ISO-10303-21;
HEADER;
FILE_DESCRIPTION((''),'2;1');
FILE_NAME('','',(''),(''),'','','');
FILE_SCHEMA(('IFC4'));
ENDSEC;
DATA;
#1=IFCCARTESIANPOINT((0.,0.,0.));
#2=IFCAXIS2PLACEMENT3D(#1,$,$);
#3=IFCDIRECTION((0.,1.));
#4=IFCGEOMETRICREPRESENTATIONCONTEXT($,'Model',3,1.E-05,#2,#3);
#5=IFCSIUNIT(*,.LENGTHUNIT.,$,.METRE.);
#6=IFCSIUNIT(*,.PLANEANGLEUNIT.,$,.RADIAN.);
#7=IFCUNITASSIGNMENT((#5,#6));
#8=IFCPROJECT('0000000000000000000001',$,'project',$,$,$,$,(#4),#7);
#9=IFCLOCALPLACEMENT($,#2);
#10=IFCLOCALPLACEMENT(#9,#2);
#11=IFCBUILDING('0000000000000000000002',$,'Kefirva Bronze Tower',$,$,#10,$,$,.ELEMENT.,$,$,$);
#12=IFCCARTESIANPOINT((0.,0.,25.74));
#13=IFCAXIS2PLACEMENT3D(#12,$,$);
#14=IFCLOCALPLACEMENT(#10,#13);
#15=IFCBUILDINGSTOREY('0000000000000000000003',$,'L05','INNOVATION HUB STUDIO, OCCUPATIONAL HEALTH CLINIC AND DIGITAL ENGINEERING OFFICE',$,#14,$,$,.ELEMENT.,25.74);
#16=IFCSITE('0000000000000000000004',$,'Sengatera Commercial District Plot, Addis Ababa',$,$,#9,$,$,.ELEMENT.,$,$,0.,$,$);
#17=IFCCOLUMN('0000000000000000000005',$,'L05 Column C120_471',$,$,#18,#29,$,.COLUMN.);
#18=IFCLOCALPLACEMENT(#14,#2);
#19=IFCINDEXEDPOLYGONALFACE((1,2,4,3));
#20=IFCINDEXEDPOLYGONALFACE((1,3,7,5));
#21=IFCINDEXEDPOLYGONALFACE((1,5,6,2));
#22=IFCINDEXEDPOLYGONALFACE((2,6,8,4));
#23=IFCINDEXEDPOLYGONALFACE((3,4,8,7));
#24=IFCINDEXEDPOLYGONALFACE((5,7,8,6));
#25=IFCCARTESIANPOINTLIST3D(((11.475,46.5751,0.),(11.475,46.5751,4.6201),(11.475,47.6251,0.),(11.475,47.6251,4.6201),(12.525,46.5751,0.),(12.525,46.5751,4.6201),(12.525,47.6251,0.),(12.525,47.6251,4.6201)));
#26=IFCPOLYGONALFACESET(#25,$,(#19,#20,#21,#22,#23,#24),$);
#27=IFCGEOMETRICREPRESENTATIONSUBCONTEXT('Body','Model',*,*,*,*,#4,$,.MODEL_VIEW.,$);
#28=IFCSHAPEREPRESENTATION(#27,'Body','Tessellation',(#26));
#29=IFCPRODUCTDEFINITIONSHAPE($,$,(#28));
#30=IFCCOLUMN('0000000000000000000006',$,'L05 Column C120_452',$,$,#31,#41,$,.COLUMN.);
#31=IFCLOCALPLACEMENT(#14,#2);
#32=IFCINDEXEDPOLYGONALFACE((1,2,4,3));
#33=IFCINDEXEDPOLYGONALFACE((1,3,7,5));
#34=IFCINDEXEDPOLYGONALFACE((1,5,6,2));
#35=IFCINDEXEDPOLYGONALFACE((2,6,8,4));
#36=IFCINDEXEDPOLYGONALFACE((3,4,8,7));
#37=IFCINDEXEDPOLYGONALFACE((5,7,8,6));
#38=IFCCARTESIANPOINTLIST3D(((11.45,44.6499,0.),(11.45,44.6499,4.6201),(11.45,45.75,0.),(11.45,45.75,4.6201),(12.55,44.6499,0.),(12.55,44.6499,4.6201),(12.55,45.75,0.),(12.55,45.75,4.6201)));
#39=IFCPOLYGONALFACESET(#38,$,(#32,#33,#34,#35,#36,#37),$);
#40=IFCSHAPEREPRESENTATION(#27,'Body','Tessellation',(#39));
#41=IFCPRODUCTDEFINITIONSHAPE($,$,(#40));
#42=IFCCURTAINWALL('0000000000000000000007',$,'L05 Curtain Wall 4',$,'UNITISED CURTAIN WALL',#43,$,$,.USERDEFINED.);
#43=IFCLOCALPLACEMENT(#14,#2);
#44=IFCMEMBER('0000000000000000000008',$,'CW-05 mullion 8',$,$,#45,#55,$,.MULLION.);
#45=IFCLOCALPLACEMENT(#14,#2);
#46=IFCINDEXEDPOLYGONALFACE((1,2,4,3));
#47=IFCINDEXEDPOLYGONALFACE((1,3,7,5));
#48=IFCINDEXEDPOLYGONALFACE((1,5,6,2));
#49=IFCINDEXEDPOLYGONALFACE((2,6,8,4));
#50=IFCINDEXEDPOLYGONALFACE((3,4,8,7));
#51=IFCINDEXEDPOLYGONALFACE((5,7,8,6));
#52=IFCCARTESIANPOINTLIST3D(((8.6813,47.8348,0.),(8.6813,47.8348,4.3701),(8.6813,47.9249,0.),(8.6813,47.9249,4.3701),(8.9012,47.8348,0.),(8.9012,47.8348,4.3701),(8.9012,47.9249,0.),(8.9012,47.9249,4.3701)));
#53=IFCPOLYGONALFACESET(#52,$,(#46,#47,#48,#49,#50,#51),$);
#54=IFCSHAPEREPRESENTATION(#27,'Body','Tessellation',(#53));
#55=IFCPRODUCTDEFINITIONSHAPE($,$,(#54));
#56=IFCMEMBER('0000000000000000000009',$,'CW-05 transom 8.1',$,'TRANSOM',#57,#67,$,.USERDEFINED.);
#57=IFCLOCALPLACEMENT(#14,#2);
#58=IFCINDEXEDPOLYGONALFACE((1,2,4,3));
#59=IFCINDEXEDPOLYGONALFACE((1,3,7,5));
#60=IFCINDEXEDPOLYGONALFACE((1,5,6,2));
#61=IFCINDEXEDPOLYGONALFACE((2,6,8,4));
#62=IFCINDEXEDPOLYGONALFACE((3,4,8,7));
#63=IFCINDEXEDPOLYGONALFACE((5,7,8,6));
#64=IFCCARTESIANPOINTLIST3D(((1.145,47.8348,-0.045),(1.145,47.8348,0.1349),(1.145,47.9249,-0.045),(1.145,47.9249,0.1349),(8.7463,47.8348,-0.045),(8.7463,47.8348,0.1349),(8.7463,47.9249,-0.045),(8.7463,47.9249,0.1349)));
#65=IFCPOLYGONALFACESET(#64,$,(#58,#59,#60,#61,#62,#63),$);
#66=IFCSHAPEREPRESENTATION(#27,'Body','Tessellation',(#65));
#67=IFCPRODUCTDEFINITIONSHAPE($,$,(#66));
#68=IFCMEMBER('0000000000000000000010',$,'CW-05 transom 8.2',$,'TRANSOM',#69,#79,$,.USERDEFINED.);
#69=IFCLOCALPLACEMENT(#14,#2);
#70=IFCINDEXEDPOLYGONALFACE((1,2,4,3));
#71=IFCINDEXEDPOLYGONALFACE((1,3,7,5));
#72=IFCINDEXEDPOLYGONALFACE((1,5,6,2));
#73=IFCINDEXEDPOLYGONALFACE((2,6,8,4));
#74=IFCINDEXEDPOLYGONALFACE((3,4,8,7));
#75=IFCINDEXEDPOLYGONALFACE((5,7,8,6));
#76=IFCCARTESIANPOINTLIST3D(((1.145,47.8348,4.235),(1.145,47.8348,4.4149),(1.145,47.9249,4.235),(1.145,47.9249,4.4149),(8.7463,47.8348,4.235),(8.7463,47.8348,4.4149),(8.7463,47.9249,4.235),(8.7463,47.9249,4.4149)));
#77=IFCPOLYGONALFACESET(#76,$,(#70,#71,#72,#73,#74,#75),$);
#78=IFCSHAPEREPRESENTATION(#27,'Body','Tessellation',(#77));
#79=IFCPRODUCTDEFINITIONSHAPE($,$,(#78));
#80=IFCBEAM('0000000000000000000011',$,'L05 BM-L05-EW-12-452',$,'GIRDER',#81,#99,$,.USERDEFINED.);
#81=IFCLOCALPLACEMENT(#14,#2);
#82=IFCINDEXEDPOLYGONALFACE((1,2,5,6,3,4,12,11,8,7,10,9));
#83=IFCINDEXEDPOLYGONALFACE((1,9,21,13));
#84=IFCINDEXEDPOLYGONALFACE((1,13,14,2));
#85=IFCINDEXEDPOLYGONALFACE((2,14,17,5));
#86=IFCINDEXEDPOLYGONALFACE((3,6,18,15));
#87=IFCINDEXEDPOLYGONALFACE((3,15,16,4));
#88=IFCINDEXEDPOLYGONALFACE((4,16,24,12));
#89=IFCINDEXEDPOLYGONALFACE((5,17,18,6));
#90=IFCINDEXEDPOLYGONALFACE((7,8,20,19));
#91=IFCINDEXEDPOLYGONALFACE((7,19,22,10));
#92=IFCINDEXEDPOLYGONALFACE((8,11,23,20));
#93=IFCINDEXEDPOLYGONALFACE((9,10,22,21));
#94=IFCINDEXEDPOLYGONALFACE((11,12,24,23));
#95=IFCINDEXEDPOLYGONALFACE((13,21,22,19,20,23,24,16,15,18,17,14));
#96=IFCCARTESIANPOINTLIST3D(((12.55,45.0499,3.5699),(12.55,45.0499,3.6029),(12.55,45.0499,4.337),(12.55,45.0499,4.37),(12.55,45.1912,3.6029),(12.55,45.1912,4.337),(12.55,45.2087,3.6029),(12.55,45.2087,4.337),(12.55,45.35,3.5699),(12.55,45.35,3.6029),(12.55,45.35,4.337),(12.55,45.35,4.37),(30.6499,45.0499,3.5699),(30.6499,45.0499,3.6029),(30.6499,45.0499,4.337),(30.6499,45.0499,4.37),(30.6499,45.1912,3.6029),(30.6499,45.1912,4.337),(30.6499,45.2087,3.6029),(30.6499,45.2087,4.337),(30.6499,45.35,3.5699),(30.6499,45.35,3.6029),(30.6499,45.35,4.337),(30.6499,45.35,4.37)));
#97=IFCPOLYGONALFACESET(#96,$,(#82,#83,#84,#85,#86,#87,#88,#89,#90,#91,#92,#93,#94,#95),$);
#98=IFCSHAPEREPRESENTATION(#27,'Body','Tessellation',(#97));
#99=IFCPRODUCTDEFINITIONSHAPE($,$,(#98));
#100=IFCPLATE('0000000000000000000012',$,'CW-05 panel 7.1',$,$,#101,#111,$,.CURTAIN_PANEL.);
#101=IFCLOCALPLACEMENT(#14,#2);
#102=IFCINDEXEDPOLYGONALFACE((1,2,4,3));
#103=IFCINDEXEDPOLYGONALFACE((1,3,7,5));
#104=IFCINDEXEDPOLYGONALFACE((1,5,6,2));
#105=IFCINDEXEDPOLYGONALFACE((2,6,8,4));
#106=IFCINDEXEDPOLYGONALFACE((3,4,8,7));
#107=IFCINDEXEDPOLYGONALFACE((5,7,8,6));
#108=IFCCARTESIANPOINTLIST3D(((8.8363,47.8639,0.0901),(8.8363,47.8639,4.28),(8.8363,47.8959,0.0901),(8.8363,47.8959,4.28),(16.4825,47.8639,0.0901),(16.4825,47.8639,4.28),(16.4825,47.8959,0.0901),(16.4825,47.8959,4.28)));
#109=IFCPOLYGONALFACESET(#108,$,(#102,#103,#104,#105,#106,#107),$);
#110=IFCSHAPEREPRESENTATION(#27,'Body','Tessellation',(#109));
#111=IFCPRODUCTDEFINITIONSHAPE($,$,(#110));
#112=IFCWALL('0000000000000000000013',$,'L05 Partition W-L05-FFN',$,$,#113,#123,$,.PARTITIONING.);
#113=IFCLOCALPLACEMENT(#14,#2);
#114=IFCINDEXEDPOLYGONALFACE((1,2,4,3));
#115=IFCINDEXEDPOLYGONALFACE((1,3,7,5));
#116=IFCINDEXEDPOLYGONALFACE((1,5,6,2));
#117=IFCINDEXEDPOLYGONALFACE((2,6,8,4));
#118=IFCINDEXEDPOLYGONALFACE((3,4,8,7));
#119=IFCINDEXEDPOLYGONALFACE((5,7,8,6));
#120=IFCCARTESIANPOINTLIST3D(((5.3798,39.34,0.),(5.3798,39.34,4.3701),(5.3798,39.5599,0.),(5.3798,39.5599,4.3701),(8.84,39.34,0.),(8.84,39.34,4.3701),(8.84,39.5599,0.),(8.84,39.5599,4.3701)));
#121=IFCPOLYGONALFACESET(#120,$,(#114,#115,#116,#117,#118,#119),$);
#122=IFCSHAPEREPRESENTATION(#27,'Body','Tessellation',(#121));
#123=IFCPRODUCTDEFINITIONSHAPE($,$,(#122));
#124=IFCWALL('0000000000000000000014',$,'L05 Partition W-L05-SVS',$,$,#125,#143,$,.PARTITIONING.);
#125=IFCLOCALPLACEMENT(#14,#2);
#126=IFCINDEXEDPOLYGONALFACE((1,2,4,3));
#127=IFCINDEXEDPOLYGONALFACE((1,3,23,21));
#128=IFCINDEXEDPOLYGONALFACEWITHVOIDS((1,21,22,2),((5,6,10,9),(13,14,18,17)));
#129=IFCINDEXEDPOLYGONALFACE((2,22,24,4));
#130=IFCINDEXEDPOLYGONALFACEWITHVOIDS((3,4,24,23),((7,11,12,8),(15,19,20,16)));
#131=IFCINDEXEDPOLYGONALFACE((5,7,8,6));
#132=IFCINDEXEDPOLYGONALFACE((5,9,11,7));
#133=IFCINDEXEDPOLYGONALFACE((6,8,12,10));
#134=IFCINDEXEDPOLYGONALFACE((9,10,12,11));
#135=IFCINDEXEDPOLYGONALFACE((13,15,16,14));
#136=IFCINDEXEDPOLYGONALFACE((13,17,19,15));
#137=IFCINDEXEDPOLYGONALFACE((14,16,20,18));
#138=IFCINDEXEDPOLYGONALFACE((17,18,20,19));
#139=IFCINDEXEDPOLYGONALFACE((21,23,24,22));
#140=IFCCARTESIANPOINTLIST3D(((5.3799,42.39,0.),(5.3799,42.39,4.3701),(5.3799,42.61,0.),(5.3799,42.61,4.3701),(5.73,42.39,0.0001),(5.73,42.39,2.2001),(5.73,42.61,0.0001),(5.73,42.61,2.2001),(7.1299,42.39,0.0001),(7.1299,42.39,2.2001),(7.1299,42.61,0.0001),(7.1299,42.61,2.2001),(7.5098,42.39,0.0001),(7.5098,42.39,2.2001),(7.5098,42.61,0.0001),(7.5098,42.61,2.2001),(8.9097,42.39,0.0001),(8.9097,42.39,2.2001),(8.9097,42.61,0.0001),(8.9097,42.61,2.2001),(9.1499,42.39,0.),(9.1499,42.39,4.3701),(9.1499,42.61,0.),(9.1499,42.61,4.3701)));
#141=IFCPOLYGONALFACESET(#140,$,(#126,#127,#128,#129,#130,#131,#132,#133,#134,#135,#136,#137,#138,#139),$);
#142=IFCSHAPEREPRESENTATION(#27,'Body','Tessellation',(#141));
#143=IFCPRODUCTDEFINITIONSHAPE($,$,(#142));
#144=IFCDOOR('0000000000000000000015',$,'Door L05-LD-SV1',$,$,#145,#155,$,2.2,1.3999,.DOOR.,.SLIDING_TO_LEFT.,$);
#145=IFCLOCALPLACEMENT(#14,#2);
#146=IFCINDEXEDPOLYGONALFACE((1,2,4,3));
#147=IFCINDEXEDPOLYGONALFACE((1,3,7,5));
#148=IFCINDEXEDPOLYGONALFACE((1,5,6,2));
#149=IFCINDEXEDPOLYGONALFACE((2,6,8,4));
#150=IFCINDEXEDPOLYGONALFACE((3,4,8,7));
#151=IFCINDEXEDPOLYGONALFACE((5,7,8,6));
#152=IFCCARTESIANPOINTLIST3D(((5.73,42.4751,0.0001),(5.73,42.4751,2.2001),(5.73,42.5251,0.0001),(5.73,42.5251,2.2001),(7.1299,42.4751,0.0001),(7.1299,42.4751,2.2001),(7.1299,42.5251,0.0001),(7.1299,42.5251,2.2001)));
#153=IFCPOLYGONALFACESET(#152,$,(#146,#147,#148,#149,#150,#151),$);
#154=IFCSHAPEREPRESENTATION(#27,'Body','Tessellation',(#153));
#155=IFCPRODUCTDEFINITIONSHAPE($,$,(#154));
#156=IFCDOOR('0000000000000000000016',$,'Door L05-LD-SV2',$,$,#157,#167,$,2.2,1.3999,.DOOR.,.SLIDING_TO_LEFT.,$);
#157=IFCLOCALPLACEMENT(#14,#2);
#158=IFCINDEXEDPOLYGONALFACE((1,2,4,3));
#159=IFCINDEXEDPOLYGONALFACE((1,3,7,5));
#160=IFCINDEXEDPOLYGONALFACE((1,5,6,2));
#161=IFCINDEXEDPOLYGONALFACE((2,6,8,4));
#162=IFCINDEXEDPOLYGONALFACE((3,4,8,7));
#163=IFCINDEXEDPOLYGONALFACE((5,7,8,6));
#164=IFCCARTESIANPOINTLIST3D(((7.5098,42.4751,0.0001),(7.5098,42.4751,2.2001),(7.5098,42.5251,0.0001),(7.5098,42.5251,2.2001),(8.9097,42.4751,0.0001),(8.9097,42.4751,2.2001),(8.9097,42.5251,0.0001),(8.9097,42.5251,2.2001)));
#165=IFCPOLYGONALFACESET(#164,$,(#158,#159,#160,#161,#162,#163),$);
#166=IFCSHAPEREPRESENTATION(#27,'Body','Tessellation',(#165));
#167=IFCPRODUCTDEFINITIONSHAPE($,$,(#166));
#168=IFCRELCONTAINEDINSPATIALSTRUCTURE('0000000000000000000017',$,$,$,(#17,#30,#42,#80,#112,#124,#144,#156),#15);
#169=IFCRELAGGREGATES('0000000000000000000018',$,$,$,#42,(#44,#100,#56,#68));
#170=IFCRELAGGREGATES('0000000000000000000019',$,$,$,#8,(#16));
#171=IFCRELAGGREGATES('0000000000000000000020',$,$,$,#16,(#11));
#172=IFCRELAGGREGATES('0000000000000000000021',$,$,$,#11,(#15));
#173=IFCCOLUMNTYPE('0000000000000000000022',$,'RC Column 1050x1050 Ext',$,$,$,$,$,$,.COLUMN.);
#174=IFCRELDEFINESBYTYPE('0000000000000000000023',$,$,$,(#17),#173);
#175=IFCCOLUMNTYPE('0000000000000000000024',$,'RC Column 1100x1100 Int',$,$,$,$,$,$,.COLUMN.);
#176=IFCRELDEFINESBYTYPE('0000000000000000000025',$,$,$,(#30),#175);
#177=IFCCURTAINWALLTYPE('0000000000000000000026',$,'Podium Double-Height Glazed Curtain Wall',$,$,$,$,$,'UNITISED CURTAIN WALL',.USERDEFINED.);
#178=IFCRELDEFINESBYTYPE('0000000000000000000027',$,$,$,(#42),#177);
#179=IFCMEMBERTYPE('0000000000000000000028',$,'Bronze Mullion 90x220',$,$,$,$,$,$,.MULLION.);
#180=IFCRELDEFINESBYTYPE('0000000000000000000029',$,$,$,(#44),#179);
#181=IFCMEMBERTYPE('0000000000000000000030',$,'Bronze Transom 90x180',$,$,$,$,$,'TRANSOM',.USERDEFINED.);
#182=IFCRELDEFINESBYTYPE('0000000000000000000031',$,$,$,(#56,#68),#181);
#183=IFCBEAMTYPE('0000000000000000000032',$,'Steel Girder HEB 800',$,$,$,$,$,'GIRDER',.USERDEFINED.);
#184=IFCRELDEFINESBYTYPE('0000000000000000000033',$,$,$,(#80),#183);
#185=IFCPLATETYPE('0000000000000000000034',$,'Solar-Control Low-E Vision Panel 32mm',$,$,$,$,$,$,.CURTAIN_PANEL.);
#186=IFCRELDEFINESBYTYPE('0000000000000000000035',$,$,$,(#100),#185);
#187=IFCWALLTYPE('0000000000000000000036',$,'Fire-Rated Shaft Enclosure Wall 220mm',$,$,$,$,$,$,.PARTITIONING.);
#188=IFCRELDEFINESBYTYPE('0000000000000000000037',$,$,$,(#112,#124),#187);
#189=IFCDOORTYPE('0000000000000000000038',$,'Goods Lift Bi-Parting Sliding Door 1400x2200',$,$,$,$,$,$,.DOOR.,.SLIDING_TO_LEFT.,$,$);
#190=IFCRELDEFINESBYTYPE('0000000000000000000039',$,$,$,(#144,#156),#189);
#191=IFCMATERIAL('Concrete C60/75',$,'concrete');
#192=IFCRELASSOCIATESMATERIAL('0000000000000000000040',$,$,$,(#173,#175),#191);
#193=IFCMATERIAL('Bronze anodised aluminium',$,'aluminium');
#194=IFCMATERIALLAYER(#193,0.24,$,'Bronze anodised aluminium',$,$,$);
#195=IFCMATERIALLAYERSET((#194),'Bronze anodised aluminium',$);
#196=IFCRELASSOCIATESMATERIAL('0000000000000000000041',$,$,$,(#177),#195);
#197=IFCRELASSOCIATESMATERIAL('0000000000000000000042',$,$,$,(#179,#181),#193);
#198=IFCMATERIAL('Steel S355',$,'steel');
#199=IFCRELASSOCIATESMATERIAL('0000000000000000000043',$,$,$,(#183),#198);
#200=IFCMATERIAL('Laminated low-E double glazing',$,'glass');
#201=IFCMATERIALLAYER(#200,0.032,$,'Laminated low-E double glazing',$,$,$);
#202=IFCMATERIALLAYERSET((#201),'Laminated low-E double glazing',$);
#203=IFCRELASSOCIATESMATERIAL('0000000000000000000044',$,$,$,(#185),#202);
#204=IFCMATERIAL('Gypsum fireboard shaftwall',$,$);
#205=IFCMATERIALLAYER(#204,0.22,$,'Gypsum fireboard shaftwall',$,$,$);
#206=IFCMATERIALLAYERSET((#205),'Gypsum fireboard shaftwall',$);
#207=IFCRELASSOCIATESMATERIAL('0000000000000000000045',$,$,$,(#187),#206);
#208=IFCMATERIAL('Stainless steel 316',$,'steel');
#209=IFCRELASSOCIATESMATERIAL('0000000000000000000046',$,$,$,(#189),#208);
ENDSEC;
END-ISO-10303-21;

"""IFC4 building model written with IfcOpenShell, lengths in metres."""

from ifc_helpers import new_model, si_unit, direction, frame, frame_2d, origin, origin_2d, place, context, subcontext, project, spatial, rectangle, i_section, extrude, material, layer, layer_set, material_profile, profile_set, type_object, element, fill, aggregate, save


model = new_model("IFC4")

# Units and contexts
model_context = context("Model", 3, precision=1e-05, world=origin(), true_north=direction((0.0, 1.0)))
body_context = subcontext(model_context, "Body", "Model", "MODEL_VIEW")
ifc_project = project(units=[si_unit("LENGTHUNIT", "METRE"), si_unit("PLANEANGLEUNIT", "RADIAN")], contexts=[model_context])

# Site, building, storey
site_placement = place(None, origin())
site = spatial("IfcSite", under=ifc_project, at=site_placement, Name="Sengatera Commercial District Plot, Addis Ababa", CompositionType="ELEMENT", RefElevation=0.0)
building_placement = place(site_placement, origin())
building = spatial("IfcBuilding", under=site, at=building_placement, Name="Kefirva Bronze Tower", CompositionType="ELEMENT")
storey_placement = place(building_placement, frame((0.0, 0.0, 25.74)))
storey = spatial("IfcBuildingStorey", under=building, at=storey_placement, Name="L05", Description="INNOVATION HUB STUDIO, OCCUPATIONAL HEALTH CLINIC AND DIGITAL ENGINEERING OFFICE", CompositionType="ELEMENT", Elevation=25.74)

# Columns
ifc_material_1 = material(Name="Concrete C60/75", Category="concrete")
ifc_material_profile_1 = material_profile(ifc_material_1, rectangle(XDim=1.05, YDim=1.05, at=origin_2d()), Name="RC 1050x1050")
ifc_profile_set_1 = profile_set([ifc_material_profile_1], Name="Concrete C60/75")
column_type_1 = type_object("IfcColumnType", Name="RC Column 1050x1050 Ext", PredefinedType="COLUMN", material=ifc_profile_set_1)
column_1_placement = place(storey_placement, frame((12.0, 47.1001, 0.0), z_axis=(0.0, 0.0, 1.0), x_axis=(1.0, 0.0, 0.0)))
element("IfcColumn", 1, at=column_1_placement, inside=storey, type_object=column_type_1, Name="L05 Column C120_471", PredefinedType="COLUMN", context=body_context, shape_type="SweptSolid", body=[
    extrude(rectangle(XDim=1.05, YDim=1.05, at=origin_2d()), origin(), (0.0, 0.0, 1.0), 4.6201),
])
ifc_material_profile_2 = material_profile(ifc_material_1, rectangle(XDim=1.1001, YDim=1.1001, at=origin_2d()), Name="RC 1100x1100")
ifc_profile_set_2 = profile_set([ifc_material_profile_2], Name="Concrete C60/75")
column_type_2 = type_object("IfcColumnType", Name="RC Column 1100x1100 Int", PredefinedType="COLUMN", material=ifc_profile_set_2)
column_2_placement = place(storey_placement, frame((12.0, 45.2, 0.0), z_axis=(0.0, 0.0, 1.0), x_axis=(1.0, 0.0, 0.0)))
element("IfcColumn", 2, at=column_2_placement, inside=storey, type_object=column_type_2, Name="L05 Column C120_452", PredefinedType="COLUMN", context=body_context, shape_type="SweptSolid", body=[
    extrude(rectangle(XDim=1.1001, YDim=1.1001, at=origin_2d()), origin(), (0.0, 0.0, 1.0), 4.6201),
])

# Curtain wall, members
ifc_material_2 = material(Name="Bronze anodised aluminium", Category="aluminium")
ifc_layer_1 = layer(ifc_material_2, 0.24, Name="Bronze anodised aluminium")
ifc_layer_set_1 = layer_set([ifc_layer_1], Name="Bronze anodised aluminium")
curtain_wall_type = type_object("IfcCurtainWallType", Name="Podium Double-Height Glazed Curtain Wall", ElementType="UNITISED CURTAIN WALL", PredefinedType="USERDEFINED", material=ifc_layer_set_1)
curtain_wall_placement = place(storey_placement, origin())
curtain_wall = element("IfcCurtainWall", 3, at=curtain_wall_placement, inside=storey, type_object=curtain_wall_type, Name="L05 Curtain Wall 4", ObjectType="UNITISED CURTAIN WALL", PredefinedType="USERDEFINED")
ifc_material_profile_3 = material_profile(ifc_material_2, rectangle(XDim=0.0901, YDim=0.22, at=origin_2d()), Name="ALU 90x220")
ifc_profile_set_3 = profile_set([ifc_material_profile_3], Name="Bronze anodised aluminium")
member_type_1 = type_object("IfcMemberType", Name="Bronze Mullion 90x220", PredefinedType="MULLION", material=ifc_profile_set_3)
member_1_placement = place(storey_placement, frame((8.7913, 47.8799, 0.0), z_axis=(0.0, 0.0, 1.0), x_axis=(0.0, -1.0, 0.0)))
member_1 = element("IfcMember", 4, at=member_1_placement, type_object=member_type_1, Name="CW-05 mullion 8", PredefinedType="MULLION", context=body_context, shape_type="SweptSolid", body=[
    extrude(rectangle(XDim=0.0901, YDim=0.22, at=origin_2d()), origin(), (0.0, 0.0, 1.0), 4.3701),
])
ifc_material_profile_4 = material_profile(ifc_material_2, rectangle(XDim=0.0901, YDim=0.1799, at=origin_2d()), Name="ALU 90x180")
ifc_profile_set_4 = profile_set([ifc_material_profile_4], Name="Bronze anodised aluminium")
member_type_2 = type_object("IfcMemberType", Name="Bronze Transom 90x180", ElementType="TRANSOM", PredefinedType="USERDEFINED", material=ifc_profile_set_4)
member_2_placement = place(storey_placement, frame((8.7463, 47.8799, 0.0449), z_axis=(-1.0, 0.0, 0.0), x_axis=(0.0, -1.0, 0.0)))
member_2 = element("IfcMember", 5, at=member_2_placement, type_object=member_type_2, Name="CW-05 transom 8.1", ObjectType="TRANSOM", PredefinedType="USERDEFINED", context=body_context, shape_type="SweptSolid", body=[
    extrude(rectangle(XDim=0.0901, YDim=0.1799, at=origin_2d()), origin(), (0.0, 0.0, 1.0), 7.6013),
])
member_3_placement = place(storey_placement, frame((8.7463, 47.8799, 4.325), z_axis=(-1.0, 0.0, 0.0), x_axis=(0.0, -1.0, 0.0)))
member_3 = element("IfcMember", 6, at=member_3_placement, type_object=member_type_2, Name="CW-05 transom 8.2", ObjectType="TRANSOM", PredefinedType="USERDEFINED", context=body_context, shape_type="SweptSolid", body=[
    extrude(rectangle(XDim=0.0901, YDim=0.1799, at=origin_2d()), origin(), (0.0, 0.0, 1.0), 7.6013),
])

# Beam
ifc_material_3 = material(Name="Steel S355", Category="steel")
ifc_material_profile_5 = material_profile(ifc_material_3, i_section(OverallWidth=0.3, OverallDepth=0.8, WebThickness=0.0176, FlangeThickness=0.033, at=origin_2d()), Name="HEB 800")
ifc_profile_set_5 = profile_set([ifc_material_profile_5], Name="Steel S355")
beam_type = type_object("IfcBeamType", Name="Steel Girder HEB 800", ElementType="GIRDER", PredefinedType="USERDEFINED", material=ifc_profile_set_5)
beam_placement = place(storey_placement, frame((12.55, 45.2, 3.97), z_axis=(1.0, 0.0, 0.0), x_axis=(0.0, 1.0, 0.0)))
element("IfcBeam", 7, at=beam_placement, inside=storey, type_object=beam_type, Name="L05 BM-L05-EW-12-452", ObjectType="GIRDER", PredefinedType="USERDEFINED", context=body_context, shape_type="SweptSolid", body=[
    extrude(i_section(OverallWidth=0.3, OverallDepth=0.8, WebThickness=0.0176, FlangeThickness=0.033, at=origin_2d()), origin(), (0.0, 0.0, 1.0), 18.0999),
])

# Plate
ifc_material_4 = material(Name="Laminated low-E double glazing", Category="glass")
ifc_layer_2 = layer(ifc_material_4, 0.032, Name="Laminated low-E double glazing")
ifc_layer_set_2 = layer_set([ifc_layer_2], Name="Laminated low-E double glazing")
plate_type = type_object("IfcPlateType", Name="Solar-Control Low-E Vision Panel 32mm", PredefinedType="CURTAIN_PANEL", material=ifc_layer_set_2)
plate_placement = place(storey_placement, frame((12.6594, 47.8799, 0.0901), z_axis=(0.0, 0.0, 1.0), x_axis=(-1.0, 0.0, 0.0)))
plate = element("IfcPlate", 8, at=plate_placement, type_object=plate_type, Name="CW-05 panel 7.1", PredefinedType="CURTAIN_PANEL", context=body_context, shape_type="SweptSolid", body=[
    extrude(rectangle(XDim=7.6462, YDim=0.032, at=origin_2d()), origin(), (0.0, 0.0, 1.0), 4.1899),
])
aggregate(curtain_wall, [member_1, plate, member_2, member_3])

# Wall
ifc_material_5 = material(Name="Gypsum fireboard shaftwall")
ifc_layer_3 = layer(ifc_material_5, 0.22, Name="Gypsum fireboard shaftwall")
ifc_layer_set_3 = layer_set([ifc_layer_3], Name="Gypsum fireboard shaftwall")
wall_type_1 = type_object("IfcWallType", Name="Fire-Rated Shaft Enclosure Wall 220mm", PredefinedType="PARTITIONING", material=ifc_layer_set_3)
wall_1_placement = place(storey_placement, frame((5.3799, 39.45, 0.0), z_axis=(0.0, 0.0, 1.0), x_axis=(1.0, 0.0, 0.0)))
element("IfcWall", 9, at=wall_1_placement, inside=storey, type_object=wall_type_1, Name="L05 Partition W-L05-FFN", PredefinedType="PARTITIONING", context=body_context, shape_type="SweptSolid", body=[
    extrude(rectangle(XDim=3.4602, YDim=0.22, at=frame_2d((1.73, 0.0))), origin(), (0.0, 0.0, 1.0), 4.3701),
])

# Wall, openings, doors
wall_2_placement = place(storey_placement, frame((5.3799, 42.5, 0.0), z_axis=(0.0, 0.0, 1.0), x_axis=(1.0, 0.0, 0.0)))
wall_2 = element("IfcWall", 10, at=wall_2_placement, inside=storey, type_object=wall_type_1, Name="L05 Partition W-L05-SVS", PredefinedType="PARTITIONING", context=body_context, shape_type="SweptSolid", body=[
    extrude(rectangle(XDim=3.77, YDim=0.22, at=frame_2d((1.885, 0.0))), origin(), (0.0, 0.0, 1.0), 4.3701),
])
opening_1_placement = place(wall_2_placement, frame((1.75, 0.0, 0.0), z_axis=(0.0, 0.0, 1.0), x_axis=(-1.0, 0.0, 0.0)))
opening_1 = element("IfcOpeningElement", 11, at=opening_1_placement, cuts=wall_2, PredefinedType="OPENING", context=body_context, shape_type="SweptSolid", body=[
    extrude(rectangle(XDim=1.3999, YDim=2.2, at=frame_2d((0.7, 1.1001))), frame((0.0, 0.1201, 0.0), z_axis=(0.0, -1.0, 0.0), x_axis=(1.0, 0.0, 0.0)), (0.0, 0.0, 1.0), 0.24),
])
opening_2_placement = place(wall_2_placement, frame((3.5298, 0.0, 0.0), z_axis=(0.0, 0.0, 1.0), x_axis=(-1.0, 0.0, 0.0)))
opening_2 = element("IfcOpeningElement", 12, at=opening_2_placement, cuts=wall_2, PredefinedType="OPENING", context=body_context, shape_type="SweptSolid", body=[
    extrude(rectangle(XDim=1.3999, YDim=2.2, at=frame_2d((0.7, 1.1001))), frame((0.0, 0.1201, 0.0), z_axis=(0.0, -1.0, 0.0), x_axis=(1.0, 0.0, 0.0)), (0.0, 0.0, 1.0), 0.24),
])
ifc_material_6 = material(Name="Stainless steel 316", Category="steel")
door_type_1 = type_object("IfcDoorType", Name="Goods Lift Bi-Parting Sliding Door 1400x2200", OperationType="SLIDING_TO_LEFT", PredefinedType="DOOR", material=ifc_material_6)
door_1_placement = place(opening_1_placement, origin())
door_1 = element("IfcDoor", 13, at=door_1_placement, inside=storey, type_object=door_type_1, Name="Door L05-LD-SV1", OperationType="SLIDING_TO_LEFT", OverallHeight=2.2, OverallWidth=1.3999, PredefinedType="DOOR", context=body_context, shape_type="SweptSolid", body=[
    extrude(rectangle(XDim=1.3999, YDim=2.2, at=frame_2d((0.7, 1.1001))), frame((0.0, 0.0249, 0.0), z_axis=(0.0, -1.0, 0.0), x_axis=(1.0, 0.0, 0.0)), (0.0, 0.0, 1.0), 0.05),
])
fill(opening_1, door_1)
door_2_placement = place(opening_2_placement, origin())
door_2 = element("IfcDoor", 14, at=door_2_placement, inside=storey, type_object=door_type_1, Name="Door L05-LD-SV2", OperationType="SLIDING_TO_LEFT", OverallHeight=2.2, OverallWidth=1.3999, PredefinedType="DOOR", context=body_context, shape_type="SweptSolid", body=[
    extrude(rectangle(XDim=1.3999, YDim=2.2, at=frame_2d((0.7, 1.1001))), frame((0.0, 0.0249, 0.0), z_axis=(0.0, -1.0, 0.0), x_axis=(1.0, 0.0, 0.0)), (0.0, 0.0, 1.0), 0.05),
])
fill(opening_2, door_2)

save(model, "model.ifc")
